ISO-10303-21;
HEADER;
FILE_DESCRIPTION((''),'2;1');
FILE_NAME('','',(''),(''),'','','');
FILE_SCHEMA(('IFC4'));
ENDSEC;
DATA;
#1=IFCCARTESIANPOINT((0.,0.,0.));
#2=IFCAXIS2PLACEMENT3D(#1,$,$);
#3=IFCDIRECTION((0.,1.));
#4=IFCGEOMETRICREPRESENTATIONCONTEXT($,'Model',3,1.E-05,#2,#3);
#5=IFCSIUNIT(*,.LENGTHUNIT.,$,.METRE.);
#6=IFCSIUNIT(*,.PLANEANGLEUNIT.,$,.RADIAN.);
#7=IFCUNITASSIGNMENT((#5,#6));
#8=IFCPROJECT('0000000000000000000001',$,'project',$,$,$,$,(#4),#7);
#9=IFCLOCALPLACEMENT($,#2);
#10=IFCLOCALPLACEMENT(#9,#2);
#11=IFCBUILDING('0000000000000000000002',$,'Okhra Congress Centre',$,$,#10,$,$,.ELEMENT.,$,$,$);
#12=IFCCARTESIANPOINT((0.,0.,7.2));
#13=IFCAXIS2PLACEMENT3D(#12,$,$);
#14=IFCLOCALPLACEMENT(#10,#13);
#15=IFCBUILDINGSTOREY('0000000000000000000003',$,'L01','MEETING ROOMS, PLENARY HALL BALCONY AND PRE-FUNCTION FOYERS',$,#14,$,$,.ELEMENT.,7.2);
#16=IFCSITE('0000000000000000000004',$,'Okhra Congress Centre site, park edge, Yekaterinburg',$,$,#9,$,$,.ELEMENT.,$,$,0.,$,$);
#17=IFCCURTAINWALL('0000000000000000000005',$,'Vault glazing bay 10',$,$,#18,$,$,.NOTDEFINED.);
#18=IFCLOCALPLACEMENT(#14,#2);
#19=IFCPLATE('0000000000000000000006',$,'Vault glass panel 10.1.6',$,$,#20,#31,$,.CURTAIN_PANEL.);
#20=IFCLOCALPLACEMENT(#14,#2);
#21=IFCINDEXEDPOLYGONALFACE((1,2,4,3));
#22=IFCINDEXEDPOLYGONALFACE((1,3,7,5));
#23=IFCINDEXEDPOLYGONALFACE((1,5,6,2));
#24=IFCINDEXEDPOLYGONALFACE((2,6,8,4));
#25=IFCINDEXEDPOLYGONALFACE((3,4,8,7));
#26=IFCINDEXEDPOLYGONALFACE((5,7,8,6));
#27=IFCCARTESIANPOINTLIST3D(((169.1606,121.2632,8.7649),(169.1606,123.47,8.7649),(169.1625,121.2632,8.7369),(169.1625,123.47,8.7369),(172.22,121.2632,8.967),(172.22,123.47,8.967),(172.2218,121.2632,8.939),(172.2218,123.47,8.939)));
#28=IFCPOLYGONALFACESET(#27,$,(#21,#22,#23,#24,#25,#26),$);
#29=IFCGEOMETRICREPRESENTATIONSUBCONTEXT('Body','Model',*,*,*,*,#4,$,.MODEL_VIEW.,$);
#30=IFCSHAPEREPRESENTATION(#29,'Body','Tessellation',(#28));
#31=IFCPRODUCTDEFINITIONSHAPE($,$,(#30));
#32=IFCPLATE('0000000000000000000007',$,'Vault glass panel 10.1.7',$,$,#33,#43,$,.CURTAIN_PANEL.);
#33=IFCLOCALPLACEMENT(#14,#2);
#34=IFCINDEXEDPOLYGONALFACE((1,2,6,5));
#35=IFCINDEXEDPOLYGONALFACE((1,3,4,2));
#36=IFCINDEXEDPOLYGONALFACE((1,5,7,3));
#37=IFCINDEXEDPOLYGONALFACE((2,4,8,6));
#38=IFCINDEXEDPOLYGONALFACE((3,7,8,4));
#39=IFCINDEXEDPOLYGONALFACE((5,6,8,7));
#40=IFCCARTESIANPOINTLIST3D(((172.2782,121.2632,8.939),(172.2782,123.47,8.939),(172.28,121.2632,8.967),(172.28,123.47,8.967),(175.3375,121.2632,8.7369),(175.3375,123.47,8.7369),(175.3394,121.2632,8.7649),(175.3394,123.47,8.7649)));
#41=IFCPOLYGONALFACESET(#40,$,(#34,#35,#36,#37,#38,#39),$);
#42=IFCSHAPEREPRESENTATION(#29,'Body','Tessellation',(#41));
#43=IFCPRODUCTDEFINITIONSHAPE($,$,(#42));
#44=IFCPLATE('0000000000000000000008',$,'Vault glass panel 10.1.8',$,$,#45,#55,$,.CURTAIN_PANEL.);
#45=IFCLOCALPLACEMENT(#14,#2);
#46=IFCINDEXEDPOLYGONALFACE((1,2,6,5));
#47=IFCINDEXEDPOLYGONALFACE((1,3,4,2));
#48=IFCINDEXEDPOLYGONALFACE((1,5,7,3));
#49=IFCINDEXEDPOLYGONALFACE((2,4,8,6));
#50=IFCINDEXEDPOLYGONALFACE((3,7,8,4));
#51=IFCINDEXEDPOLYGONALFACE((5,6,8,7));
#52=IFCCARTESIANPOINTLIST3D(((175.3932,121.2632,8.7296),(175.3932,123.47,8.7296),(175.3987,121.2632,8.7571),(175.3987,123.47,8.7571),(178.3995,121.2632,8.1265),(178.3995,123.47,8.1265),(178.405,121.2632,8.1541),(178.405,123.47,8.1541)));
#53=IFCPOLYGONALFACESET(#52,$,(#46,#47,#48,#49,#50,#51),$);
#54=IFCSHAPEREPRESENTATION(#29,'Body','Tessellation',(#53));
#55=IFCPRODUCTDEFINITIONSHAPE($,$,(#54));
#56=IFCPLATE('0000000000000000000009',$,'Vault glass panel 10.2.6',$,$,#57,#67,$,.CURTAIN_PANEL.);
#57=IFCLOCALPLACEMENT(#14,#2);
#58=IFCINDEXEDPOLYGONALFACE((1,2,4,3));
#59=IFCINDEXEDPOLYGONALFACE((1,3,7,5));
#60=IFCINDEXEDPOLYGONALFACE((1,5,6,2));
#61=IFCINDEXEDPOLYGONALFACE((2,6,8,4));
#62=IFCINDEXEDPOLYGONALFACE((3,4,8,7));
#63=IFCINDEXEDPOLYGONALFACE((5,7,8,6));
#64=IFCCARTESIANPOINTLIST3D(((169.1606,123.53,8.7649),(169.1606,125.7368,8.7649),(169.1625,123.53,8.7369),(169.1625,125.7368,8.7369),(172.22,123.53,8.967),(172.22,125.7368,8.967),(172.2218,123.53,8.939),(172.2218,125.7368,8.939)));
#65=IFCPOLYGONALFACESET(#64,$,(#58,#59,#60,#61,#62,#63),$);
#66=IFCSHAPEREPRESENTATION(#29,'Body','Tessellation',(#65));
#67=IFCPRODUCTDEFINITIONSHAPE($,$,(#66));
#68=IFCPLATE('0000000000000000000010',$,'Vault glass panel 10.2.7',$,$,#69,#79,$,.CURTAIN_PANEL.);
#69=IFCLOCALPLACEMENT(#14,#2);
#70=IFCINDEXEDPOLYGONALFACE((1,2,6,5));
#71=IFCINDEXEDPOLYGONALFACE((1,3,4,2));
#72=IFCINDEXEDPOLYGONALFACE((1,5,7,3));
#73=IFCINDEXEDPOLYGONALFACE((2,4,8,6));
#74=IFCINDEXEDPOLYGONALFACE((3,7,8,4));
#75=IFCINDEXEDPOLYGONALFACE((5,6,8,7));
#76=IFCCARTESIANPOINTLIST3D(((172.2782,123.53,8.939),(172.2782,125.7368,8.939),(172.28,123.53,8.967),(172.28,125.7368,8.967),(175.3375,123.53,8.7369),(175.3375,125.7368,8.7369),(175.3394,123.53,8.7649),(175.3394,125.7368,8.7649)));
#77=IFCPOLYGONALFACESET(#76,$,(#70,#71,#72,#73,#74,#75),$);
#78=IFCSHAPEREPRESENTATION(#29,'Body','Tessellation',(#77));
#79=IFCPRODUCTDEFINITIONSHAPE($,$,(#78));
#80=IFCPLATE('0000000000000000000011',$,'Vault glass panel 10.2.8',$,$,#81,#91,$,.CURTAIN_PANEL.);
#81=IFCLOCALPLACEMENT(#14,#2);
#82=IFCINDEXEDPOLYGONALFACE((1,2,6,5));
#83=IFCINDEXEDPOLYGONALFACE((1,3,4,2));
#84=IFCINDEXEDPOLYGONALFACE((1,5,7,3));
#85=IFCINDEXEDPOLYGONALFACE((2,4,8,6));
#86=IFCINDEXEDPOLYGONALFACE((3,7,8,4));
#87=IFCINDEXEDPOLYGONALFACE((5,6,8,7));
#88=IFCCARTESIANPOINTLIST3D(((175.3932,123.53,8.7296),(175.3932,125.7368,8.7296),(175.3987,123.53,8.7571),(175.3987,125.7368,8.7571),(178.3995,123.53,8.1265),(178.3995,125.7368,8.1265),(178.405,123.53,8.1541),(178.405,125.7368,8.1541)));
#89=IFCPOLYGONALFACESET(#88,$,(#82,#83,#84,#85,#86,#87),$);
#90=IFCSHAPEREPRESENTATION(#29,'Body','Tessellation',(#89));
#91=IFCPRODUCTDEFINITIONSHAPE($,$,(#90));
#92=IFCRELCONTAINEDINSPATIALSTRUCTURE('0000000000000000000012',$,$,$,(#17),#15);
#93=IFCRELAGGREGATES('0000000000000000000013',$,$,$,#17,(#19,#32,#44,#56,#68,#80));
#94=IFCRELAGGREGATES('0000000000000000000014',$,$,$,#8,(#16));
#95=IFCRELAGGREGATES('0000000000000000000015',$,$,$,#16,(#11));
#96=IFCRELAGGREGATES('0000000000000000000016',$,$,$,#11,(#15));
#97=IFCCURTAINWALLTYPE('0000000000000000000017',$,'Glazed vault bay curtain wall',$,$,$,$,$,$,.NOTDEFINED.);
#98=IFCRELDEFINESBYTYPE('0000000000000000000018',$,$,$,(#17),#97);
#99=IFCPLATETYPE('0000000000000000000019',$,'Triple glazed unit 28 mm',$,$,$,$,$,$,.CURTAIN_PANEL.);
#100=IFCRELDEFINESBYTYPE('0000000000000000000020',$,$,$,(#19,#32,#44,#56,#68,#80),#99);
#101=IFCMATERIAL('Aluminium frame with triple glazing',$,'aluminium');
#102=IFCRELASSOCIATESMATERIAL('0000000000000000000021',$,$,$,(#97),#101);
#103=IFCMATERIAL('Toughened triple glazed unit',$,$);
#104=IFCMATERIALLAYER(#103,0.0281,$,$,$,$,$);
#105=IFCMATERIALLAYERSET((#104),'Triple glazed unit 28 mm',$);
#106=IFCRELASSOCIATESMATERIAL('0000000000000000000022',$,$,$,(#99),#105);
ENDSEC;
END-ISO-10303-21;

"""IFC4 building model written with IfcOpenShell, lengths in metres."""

from ifc_helpers import new_model, si_unit, direction, frame, origin, place, context, subcontext, project, spatial, polyline, outline, extrude, material, layer, layer_set, type_object, element, aggregate, save


model = new_model("IFC4")

# Units and contexts
model_context = context("Model", 3, precision=1e-05, world=origin(), true_north=direction((0.0, 1.0)))
body_context = subcontext(model_context, "Body", "Model", "MODEL_VIEW")
ifc_project = project(units=[si_unit("LENGTHUNIT", "METRE"), si_unit("PLANEANGLEUNIT", "RADIAN")], contexts=[model_context])

# Site, building, storey
site_placement = place(None, origin())
site = spatial("IfcSite", under=ifc_project, at=site_placement, Name="Okhra Congress Centre site, park edge, Yekaterinburg", CompositionType="ELEMENT", RefElevation=0.0)
building_placement = place(site_placement, origin())
building = spatial("IfcBuilding", under=site, at=building_placement, Name="Okhra Congress Centre", CompositionType="ELEMENT")
storey_placement = place(building_placement, frame((0.0, 0.0, 7.2)))
storey = spatial("IfcBuildingStorey", under=building, at=storey_placement, Name="L01", Description="MEETING ROOMS, PLENARY HALL BALCONY AND PRE-FUNCTION FOYERS", CompositionType="ELEMENT", Elevation=7.2)

# Curtain wall, plates
ifc_material_1 = material(Name="Aluminium frame with triple glazing", Category="aluminium")
curtain_wall_type = type_object("IfcCurtainWallType", Name="Glazed vault bay curtain wall", PredefinedType="NOTDEFINED", material=ifc_material_1)
curtain_wall_placement = place(storey_placement, origin())
curtain_wall = element("IfcCurtainWall", 1, at=curtain_wall_placement, inside=storey, type_object=curtain_wall_type, Name="Vault glazing bay 10", PredefinedType="NOTDEFINED")
ifc_material_2 = material(Name="Toughened triple glazed unit")
ifc_layer = layer(ifc_material_2, 0.0281)
ifc_layer_set = layer_set([ifc_layer], Name="Triple glazed unit 28 mm")
plate_type = type_object("IfcPlateType", Name="Triple glazed unit 28 mm", PredefinedType="CURTAIN_PANEL", material=ifc_layer_set)
plate_1_placement = place(storey_placement, frame((169.1606, 121.2632, 8.7649), z_axis=(-0.065932, 0.0, 0.997824), x_axis=(0.997824, 0.0, 0.065932)))
plate_1 = element("IfcPlate", 2, at=plate_1_placement, type_object=plate_type, Name="Vault glass panel 10.1.6", PredefinedType="CURTAIN_PANEL", context=body_context, shape_type="SweptSolid", body=[
    extrude(outline(polyline([(0.0, 0.0), (3.066, 0.0), (3.066, 2.2068), (0.0, 2.2068), (0.0, 0.0)])), origin(), (0.0, 0.0, -1.0), 0.0281),
])
plate_2_placement = place(storey_placement, frame((172.28, 121.2632, 8.967), z_axis=(0.065932, 0.0, 0.997824), x_axis=(0.997824, 0.0, -0.065932)))
plate_2 = element("IfcPlate", 3, at=plate_2_placement, type_object=plate_type, Name="Vault glass panel 10.1.7", PredefinedType="CURTAIN_PANEL", context=body_context, shape_type="SweptSolid", body=[
    extrude(outline(polyline([(0.0, 0.0), (3.066, 0.0), (3.066, 2.2068), (0.0, 2.2068), (0.0, 0.0)])), origin(), (0.0, 0.0, -1.0), 0.0281),
])
plate_3_placement = place(storey_placement, frame((175.3987, 121.2632, 8.7571), z_axis=(0.196667, 0.0, 0.98047), x_axis=(0.98047, 0.0, -0.196667)))
plate_3 = element("IfcPlate", 4, at=plate_3_placement, type_object=plate_type, Name="Vault glass panel 10.1.8", PredefinedType="CURTAIN_PANEL", context=body_context, shape_type="SweptSolid", body=[
    extrude(outline(polyline([(0.0, 0.0), (3.0662, 0.0), (3.0662, 2.2068), (0.0, 2.2068), (0.0, 0.0)])), origin(), (0.0, 0.0, -1.0), 0.0281),
])
plate_4_placement = place(storey_placement, frame((169.1606, 123.53, 8.7649), z_axis=(-0.065932, 0.0, 0.997824), x_axis=(0.997824, 0.0, 0.065932)))
plate_4 = element("IfcPlate", 5, at=plate_4_placement, type_object=plate_type, Name="Vault glass panel 10.2.6", PredefinedType="CURTAIN_PANEL", context=body_context, shape_type="SweptSolid", body=[
    extrude(outline(polyline([(0.0, 0.0), (3.066, 0.0), (3.066, 2.2068), (0.0, 2.2068), (0.0, 0.0)])), origin(), (0.0, 0.0, -1.0), 0.0281),
])
plate_5_placement = place(storey_placement, frame((172.28, 123.53, 8.967), z_axis=(0.065932, 0.0, 0.997824), x_axis=(0.997824, 0.0, -0.065932)))
plate_5 = element("IfcPlate", 6, at=plate_5_placement, type_object=plate_type, Name="Vault glass panel 10.2.7", PredefinedType="CURTAIN_PANEL", context=body_context, shape_type="SweptSolid", body=[
    extrude(outline(polyline([(0.0, 0.0), (3.066, 0.0), (3.066, 2.2068), (0.0, 2.2068), (0.0, 0.0)])), origin(), (0.0, 0.0, -1.0), 0.0281),
])
plate_6_placement = place(storey_placement, frame((175.3987, 123.53, 8.7571), z_axis=(0.196667, 0.0, 0.98047), x_axis=(0.98047, 0.0, -0.196667)))
plate_6 = element("IfcPlate", 7, at=plate_6_placement, type_object=plate_type, Name="Vault glass panel 10.2.8", PredefinedType="CURTAIN_PANEL", context=body_context, shape_type="SweptSolid", body=[
    extrude(outline(polyline([(0.0, 0.0), (3.0662, 0.0), (3.0662, 2.2068), (0.0, 2.2068), (0.0, 0.0)])), origin(), (0.0, 0.0, -1.0), 0.0281),
])
aggregate(curtain_wall, [plate_1, plate_2, plate_3, plate_4, plate_5, plate_6])

save(model, "model.ifc")
